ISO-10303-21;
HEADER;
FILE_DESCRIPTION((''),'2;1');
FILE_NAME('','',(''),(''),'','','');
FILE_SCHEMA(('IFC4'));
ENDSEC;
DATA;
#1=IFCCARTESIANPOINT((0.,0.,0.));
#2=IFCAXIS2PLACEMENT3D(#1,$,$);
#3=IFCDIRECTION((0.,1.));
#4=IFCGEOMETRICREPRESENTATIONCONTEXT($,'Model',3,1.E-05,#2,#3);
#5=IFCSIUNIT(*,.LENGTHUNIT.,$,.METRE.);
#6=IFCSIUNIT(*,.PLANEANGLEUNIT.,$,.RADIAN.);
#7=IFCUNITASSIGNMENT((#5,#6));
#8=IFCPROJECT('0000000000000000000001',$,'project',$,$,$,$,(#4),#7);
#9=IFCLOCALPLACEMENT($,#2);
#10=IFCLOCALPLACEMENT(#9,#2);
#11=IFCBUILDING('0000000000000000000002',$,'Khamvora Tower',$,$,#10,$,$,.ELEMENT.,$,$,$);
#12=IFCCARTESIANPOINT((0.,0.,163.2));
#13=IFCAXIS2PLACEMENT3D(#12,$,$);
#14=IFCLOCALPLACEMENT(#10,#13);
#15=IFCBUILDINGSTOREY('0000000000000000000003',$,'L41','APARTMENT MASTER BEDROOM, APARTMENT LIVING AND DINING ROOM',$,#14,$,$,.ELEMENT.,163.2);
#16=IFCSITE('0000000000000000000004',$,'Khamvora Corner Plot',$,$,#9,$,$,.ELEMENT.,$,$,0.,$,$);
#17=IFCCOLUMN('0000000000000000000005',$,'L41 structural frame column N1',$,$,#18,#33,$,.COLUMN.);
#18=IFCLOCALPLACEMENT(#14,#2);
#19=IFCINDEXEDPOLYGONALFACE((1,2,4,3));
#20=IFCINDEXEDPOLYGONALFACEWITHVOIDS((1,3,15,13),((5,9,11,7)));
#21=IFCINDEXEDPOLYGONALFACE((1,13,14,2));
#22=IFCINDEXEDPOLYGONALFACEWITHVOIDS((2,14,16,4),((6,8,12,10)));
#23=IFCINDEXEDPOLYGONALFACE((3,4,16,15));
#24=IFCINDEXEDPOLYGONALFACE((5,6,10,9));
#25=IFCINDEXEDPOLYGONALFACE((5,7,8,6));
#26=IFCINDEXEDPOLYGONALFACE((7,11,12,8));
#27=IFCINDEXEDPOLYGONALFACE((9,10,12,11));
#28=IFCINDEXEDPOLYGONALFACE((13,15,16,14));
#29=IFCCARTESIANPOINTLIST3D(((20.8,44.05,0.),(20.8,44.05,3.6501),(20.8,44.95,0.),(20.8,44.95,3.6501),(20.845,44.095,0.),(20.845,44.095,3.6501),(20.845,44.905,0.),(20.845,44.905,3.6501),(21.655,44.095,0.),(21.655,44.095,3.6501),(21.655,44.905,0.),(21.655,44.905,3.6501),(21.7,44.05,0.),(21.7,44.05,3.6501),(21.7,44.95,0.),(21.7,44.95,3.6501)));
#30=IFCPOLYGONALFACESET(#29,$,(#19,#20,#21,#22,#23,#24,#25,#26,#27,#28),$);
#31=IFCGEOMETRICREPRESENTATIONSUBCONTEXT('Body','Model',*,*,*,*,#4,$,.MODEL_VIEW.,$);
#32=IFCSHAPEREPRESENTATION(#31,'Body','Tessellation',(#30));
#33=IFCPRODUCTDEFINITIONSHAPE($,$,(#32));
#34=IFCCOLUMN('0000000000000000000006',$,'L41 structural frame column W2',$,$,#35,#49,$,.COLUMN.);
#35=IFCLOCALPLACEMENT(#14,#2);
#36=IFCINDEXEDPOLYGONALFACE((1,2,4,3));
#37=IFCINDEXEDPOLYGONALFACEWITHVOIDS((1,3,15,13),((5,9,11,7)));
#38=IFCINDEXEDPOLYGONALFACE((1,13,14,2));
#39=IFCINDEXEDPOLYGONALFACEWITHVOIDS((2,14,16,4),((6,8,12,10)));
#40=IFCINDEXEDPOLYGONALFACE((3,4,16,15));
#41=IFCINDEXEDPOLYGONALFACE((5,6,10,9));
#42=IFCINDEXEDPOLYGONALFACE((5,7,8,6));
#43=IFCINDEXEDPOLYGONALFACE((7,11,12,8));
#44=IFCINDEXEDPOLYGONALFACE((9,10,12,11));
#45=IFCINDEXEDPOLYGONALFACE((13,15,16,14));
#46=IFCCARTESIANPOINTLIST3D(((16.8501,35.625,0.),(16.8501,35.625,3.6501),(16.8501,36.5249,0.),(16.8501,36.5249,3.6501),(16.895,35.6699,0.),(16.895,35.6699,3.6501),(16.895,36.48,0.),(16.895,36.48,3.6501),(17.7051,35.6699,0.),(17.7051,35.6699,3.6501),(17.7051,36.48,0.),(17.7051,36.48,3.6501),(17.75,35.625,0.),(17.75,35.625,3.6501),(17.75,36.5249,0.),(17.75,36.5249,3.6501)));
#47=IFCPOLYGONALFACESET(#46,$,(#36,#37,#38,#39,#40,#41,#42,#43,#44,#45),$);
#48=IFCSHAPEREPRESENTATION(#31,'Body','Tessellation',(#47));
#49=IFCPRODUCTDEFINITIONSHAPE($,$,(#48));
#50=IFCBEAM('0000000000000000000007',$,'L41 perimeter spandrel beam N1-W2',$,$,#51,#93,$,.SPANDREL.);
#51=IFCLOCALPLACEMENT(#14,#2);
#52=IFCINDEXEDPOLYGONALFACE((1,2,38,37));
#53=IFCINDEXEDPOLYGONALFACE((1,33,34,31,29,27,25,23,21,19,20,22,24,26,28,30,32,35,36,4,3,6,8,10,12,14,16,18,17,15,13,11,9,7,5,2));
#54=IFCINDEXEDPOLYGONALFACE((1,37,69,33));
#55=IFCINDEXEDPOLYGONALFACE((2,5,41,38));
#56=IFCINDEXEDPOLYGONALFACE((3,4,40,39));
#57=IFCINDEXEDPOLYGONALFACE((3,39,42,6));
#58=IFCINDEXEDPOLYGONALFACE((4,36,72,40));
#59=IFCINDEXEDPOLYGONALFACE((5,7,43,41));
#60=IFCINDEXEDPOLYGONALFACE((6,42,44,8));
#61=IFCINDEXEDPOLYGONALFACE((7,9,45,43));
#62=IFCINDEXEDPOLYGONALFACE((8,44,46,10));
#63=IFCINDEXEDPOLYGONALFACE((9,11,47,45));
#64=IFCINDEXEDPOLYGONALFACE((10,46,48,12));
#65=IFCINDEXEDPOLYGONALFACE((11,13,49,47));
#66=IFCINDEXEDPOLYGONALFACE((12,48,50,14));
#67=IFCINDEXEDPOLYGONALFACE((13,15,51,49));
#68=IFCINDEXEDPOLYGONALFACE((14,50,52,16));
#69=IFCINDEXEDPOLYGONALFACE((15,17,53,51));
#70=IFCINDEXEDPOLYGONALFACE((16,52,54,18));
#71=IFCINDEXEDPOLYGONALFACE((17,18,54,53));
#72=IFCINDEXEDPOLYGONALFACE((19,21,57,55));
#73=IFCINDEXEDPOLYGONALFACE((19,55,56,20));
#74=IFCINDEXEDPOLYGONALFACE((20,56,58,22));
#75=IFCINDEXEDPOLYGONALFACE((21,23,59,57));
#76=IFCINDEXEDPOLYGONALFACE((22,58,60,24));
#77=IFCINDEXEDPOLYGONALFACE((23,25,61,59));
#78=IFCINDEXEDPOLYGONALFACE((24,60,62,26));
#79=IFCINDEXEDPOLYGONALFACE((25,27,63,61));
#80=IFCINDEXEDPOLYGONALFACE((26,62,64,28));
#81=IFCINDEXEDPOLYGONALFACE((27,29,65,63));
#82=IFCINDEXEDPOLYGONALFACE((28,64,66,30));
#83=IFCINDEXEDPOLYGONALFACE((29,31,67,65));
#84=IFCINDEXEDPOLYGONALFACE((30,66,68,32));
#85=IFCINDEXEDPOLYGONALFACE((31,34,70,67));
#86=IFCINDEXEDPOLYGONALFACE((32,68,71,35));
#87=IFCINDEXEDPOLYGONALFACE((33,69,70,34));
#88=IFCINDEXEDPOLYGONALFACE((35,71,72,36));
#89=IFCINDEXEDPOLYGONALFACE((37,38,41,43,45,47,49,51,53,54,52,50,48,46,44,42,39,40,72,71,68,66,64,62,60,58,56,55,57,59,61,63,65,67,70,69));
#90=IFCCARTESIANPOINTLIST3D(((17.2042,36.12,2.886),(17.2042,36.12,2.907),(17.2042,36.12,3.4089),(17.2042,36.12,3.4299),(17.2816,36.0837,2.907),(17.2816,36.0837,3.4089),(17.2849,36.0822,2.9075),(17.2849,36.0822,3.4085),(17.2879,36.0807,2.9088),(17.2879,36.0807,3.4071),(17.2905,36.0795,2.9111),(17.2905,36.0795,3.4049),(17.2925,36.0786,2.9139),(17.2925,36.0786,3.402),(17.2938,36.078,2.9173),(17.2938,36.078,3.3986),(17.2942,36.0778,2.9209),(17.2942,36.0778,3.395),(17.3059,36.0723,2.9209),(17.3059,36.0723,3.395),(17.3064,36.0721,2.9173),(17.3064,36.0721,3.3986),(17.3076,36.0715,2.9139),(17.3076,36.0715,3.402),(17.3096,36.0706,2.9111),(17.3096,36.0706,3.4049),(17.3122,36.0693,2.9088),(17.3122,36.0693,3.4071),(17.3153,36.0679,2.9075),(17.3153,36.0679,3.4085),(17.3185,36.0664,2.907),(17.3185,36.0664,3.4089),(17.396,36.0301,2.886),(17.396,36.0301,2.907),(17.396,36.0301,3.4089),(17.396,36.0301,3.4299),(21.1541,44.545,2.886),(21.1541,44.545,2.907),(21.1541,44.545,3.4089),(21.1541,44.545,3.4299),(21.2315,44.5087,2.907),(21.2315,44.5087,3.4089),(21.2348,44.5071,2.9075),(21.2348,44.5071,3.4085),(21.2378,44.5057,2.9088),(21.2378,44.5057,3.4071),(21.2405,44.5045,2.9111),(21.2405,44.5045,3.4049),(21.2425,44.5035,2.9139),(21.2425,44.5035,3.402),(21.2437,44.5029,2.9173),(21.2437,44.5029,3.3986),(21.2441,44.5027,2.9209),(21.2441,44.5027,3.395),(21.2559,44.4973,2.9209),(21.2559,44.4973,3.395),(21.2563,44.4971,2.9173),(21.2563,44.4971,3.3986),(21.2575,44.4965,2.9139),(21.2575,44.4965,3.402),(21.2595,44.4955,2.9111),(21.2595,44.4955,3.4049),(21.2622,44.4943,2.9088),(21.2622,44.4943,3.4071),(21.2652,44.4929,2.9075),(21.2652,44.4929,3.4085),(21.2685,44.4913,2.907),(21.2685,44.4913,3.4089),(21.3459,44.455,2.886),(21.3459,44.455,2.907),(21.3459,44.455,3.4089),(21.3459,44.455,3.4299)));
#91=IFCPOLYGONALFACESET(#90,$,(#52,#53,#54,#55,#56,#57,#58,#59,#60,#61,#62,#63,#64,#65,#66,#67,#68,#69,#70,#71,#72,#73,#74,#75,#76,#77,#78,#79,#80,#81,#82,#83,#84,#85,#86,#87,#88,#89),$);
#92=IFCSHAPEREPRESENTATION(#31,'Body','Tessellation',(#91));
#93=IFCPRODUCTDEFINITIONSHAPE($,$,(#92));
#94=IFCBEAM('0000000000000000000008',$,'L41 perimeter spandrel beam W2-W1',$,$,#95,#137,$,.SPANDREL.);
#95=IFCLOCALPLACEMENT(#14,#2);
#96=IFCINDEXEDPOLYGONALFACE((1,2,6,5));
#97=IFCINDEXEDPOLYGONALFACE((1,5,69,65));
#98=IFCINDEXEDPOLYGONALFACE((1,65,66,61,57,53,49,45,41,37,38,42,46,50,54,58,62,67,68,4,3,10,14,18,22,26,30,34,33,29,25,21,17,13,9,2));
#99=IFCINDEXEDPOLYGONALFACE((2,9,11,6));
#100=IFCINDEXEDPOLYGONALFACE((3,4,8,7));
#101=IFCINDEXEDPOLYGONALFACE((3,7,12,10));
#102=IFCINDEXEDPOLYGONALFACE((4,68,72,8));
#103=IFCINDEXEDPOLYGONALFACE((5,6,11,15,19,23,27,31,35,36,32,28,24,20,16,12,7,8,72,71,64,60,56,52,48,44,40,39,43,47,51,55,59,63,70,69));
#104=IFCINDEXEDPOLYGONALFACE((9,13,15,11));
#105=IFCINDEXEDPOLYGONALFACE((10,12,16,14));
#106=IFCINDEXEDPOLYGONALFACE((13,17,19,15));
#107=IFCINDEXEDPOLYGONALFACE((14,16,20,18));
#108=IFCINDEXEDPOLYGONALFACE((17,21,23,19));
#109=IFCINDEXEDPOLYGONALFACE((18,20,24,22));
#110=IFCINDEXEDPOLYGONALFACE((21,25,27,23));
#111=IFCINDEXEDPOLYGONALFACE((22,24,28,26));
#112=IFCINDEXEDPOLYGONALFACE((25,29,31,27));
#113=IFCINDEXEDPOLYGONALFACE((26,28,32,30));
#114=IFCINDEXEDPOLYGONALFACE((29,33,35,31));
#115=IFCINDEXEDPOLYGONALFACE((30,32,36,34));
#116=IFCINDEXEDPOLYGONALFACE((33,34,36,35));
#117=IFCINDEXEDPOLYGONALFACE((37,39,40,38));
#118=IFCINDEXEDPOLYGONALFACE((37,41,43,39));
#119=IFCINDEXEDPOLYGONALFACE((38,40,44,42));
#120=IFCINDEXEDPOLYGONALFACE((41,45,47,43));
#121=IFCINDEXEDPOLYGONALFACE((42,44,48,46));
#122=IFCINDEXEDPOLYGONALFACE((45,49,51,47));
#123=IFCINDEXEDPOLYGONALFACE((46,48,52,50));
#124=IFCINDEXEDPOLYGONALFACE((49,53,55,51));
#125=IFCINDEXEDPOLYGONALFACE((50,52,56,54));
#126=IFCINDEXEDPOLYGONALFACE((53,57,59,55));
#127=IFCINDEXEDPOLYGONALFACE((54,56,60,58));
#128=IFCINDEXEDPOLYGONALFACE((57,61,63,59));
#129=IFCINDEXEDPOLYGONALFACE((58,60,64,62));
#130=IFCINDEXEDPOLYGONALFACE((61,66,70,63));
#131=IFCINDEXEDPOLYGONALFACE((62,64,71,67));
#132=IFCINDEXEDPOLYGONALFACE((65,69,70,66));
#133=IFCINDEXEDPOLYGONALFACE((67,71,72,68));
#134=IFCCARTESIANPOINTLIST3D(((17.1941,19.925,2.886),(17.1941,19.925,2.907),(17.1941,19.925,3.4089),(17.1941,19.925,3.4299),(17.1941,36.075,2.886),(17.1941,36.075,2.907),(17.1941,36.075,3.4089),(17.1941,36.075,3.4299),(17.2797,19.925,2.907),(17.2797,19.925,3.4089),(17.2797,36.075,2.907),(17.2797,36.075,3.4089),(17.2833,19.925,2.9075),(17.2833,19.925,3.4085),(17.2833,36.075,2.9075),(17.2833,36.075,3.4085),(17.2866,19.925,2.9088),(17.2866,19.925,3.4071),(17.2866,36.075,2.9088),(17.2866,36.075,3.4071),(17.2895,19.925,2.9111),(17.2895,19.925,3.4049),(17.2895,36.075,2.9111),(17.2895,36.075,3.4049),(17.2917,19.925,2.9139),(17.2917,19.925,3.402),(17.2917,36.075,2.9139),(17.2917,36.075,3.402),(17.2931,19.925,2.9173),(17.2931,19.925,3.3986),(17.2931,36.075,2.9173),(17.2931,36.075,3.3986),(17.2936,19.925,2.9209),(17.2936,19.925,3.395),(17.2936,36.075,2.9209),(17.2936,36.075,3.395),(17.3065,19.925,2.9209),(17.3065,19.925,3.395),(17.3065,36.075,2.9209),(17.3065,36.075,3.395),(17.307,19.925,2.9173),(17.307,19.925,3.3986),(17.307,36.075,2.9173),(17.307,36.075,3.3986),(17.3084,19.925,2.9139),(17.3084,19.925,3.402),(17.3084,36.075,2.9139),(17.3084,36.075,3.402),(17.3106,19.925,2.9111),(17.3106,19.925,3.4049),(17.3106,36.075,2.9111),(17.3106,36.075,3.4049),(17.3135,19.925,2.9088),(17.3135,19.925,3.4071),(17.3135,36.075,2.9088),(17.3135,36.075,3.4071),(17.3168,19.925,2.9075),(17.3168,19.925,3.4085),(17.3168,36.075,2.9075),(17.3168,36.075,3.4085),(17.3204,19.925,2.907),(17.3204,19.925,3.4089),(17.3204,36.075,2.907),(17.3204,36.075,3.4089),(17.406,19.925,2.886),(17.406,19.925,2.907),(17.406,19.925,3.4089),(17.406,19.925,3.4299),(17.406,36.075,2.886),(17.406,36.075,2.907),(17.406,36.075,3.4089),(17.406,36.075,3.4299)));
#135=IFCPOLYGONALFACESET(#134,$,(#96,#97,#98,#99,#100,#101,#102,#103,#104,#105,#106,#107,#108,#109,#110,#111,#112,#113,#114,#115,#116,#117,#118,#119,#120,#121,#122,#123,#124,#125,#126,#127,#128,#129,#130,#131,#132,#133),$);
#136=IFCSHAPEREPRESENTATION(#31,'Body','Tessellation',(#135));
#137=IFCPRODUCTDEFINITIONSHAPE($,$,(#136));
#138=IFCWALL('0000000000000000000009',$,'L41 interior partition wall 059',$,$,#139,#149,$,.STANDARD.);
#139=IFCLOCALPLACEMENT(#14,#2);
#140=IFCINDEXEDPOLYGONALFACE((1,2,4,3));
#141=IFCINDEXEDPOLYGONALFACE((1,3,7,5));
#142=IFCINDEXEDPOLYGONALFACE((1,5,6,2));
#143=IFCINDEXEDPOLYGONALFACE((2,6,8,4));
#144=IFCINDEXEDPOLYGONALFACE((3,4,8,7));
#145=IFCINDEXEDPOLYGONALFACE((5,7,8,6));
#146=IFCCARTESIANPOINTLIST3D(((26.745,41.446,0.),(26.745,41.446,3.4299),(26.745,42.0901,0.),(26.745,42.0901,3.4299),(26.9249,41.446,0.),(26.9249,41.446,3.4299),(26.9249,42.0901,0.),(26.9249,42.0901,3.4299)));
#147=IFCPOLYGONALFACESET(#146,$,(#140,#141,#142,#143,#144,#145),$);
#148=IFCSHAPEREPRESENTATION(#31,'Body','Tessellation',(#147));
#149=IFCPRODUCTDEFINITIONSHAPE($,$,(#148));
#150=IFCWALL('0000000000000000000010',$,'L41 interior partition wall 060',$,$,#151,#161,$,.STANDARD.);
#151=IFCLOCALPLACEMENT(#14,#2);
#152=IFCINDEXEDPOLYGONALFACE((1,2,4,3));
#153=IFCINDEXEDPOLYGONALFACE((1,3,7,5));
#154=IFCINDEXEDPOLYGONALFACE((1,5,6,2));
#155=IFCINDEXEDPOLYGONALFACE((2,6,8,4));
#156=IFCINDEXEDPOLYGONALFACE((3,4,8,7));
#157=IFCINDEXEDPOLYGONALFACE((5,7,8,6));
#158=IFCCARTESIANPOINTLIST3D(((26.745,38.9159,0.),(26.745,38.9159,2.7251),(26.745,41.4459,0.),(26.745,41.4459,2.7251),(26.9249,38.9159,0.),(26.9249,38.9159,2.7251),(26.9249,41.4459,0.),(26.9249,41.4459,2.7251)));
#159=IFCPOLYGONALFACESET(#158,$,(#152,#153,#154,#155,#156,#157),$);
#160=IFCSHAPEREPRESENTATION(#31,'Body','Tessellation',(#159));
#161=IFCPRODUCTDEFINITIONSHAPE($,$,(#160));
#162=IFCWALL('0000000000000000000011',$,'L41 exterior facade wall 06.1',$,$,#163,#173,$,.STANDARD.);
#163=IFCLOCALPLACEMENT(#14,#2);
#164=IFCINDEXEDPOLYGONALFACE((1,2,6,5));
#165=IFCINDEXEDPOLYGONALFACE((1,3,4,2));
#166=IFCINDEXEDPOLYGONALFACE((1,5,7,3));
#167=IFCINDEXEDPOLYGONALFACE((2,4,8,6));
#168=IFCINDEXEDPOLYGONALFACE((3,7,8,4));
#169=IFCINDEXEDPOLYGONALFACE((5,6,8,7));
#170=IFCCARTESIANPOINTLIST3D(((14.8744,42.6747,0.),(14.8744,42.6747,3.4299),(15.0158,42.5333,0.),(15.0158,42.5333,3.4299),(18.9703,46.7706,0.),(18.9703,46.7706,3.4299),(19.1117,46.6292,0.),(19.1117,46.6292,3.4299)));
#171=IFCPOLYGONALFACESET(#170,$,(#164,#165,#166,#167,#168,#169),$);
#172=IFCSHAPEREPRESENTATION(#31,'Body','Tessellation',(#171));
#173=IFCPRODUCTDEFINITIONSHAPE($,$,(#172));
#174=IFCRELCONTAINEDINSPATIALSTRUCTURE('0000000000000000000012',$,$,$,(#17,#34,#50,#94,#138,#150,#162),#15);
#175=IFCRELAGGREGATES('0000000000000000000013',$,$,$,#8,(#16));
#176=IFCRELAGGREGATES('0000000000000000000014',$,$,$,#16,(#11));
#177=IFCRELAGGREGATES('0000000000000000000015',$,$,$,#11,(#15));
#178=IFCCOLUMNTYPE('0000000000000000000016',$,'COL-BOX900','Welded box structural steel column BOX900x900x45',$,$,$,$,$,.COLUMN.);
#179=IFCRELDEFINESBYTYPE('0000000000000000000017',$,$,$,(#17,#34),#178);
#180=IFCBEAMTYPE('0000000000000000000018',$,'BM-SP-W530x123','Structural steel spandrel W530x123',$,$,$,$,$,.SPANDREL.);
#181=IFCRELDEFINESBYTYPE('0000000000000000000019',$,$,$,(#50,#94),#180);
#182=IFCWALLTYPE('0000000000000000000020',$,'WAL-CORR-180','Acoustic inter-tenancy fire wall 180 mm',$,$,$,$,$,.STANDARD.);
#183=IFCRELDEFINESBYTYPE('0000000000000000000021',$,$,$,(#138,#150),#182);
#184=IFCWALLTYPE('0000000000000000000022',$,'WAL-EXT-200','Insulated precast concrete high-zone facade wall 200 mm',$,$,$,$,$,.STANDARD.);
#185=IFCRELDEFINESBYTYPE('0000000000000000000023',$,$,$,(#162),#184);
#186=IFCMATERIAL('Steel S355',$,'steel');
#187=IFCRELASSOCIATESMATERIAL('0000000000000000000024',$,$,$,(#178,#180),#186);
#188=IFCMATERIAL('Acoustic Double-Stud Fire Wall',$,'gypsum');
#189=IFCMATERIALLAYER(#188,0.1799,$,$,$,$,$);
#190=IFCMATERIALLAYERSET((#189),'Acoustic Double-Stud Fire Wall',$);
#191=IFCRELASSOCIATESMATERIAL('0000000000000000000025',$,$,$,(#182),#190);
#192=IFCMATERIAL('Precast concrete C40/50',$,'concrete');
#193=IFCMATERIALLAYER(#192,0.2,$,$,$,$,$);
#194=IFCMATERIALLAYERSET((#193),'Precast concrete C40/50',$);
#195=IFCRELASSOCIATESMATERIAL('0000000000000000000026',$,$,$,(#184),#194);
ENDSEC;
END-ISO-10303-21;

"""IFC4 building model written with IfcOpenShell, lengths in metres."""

from ifc_helpers import new_model, si_unit, direction, frame, frame_2d, origin, origin_2d, place, context, subcontext, project, spatial, rectangle, hollow_rectangle, i_section, extrude, material, layer, layer_set, material_profile, profile_set, type_object, element, save


model = new_model("IFC4")

# Units and contexts
model_context = context("Model", 3, precision=1e-05, world=origin(), true_north=direction((0.0, 1.0)))
body_context = subcontext(model_context, "Body", "Model", "MODEL_VIEW")
ifc_project = project(units=[si_unit("LENGTHUNIT", "METRE"), si_unit("PLANEANGLEUNIT", "RADIAN")], contexts=[model_context])

# Site, building, storey
site_placement = place(None, origin())
site = spatial("IfcSite", under=ifc_project, at=site_placement, Name="Khamvora Corner Plot", CompositionType="ELEMENT", RefElevation=0.0)
building_placement = place(site_placement, origin())
building = spatial("IfcBuilding", under=site, at=building_placement, Name="Khamvora Tower", CompositionType="ELEMENT")
storey_placement = place(building_placement, frame((0.0, 0.0, 163.2)))
storey = spatial("IfcBuildingStorey", under=building, at=storey_placement, Name="L41", Description="APARTMENT MASTER BEDROOM, APARTMENT LIVING AND DINING ROOM", CompositionType="ELEMENT", Elevation=163.2)

# Columns
ifc_material_1 = material(Name="Steel S355", Category="steel")
ifc_material_profile_1 = material_profile(ifc_material_1, hollow_rectangle(XDim=0.8999, YDim=0.8999, WallThickness=0.0449, at=origin_2d()), Name="BOX900x900x45")
ifc_profile_set_1 = profile_set([ifc_material_profile_1], Name="Steel S355")
column_type = type_object("IfcColumnType", Name="COL-BOX900", Description="Welded box structural steel column BOX900x900x45", PredefinedType="COLUMN", material=ifc_profile_set_1)
for number, where, z_axis, x_axis, name in (
    (1, (21.25, 44.5, 0.0), (0.0, 0.0, 1.0), (1.0, 0.0, 0.0), "L41 structural frame column N1"),
    (2, (17.3, 36.075, 0.0), (0.0, 0.0, 1.0), (1.0, 0.0, 0.0), "L41 structural frame column W2"),
):
    element("IfcColumn", number, at=place(storey_placement, frame(where, z_axis=z_axis, x_axis=x_axis)), inside=storey, type_object=column_type, Name=name, PredefinedType="COLUMN", context=body_context, shape_type="SweptSolid", body=[
        extrude(hollow_rectangle(XDim=0.8999, YDim=0.8999, WallThickness=0.0449, at=origin_2d()), origin(), (0.0, 0.0, 1.0), 3.6501),
    ])

# Beams
ifc_material_profile_2 = material_profile(ifc_material_1, i_section(OverallWidth=0.2119, OverallDepth=0.5439, WebThickness=0.0129, FlangeThickness=0.021, FilletRadius=0.0139, at=origin_2d()), Name="W530x123")
ifc_profile_set_2 = profile_set([ifc_material_profile_2], Name="Steel S355")
beam_type = type_object("IfcBeamType", Name="BM-SP-W530x123", Description="Structural steel spandrel W530x123", PredefinedType="SPANDREL", material=ifc_profile_set_2)
beam_1_placement = place(storey_placement, frame((21.25, 44.5, 3.158), z_axis=(-0.424496, -0.90543, 0.0), x_axis=(0.90543, -0.424496, 0.0)))
element("IfcBeam", 3, at=beam_1_placement, inside=storey, type_object=beam_type, Name="L41 perimeter spandrel beam N1-W2", PredefinedType="SPANDREL", context=body_context, shape_type="SweptSolid", body=[
    extrude(i_section(OverallWidth=0.2119, OverallDepth=0.5439, WebThickness=0.0129, FlangeThickness=0.021, FilletRadius=0.0139, at=origin_2d()), origin(), (0.0, 0.0, 1.0), 9.3049),
])
beam_2_placement = place(storey_placement, frame((17.3, 36.075, 3.158), z_axis=(0.0, -1.0, 0.0), x_axis=(1.0, 0.0, 0.0)))
element("IfcBeam", 4, at=beam_2_placement, inside=storey, type_object=beam_type, Name="L41 perimeter spandrel beam W2-W1", PredefinedType="SPANDREL", context=body_context, shape_type="SweptSolid", body=[
    extrude(i_section(OverallWidth=0.2119, OverallDepth=0.5439, WebThickness=0.0129, FlangeThickness=0.021, FilletRadius=0.0139, at=origin_2d()), origin(), (0.0, 0.0, 1.0), 16.1499),
])

# Walls
ifc_material_2 = material(Name="Acoustic Double-Stud Fire Wall", Category="gypsum")
ifc_layer_1 = layer(ifc_material_2, 0.1799)
ifc_layer_set_1 = layer_set([ifc_layer_1], Name="Acoustic Double-Stud Fire Wall")
wall_type_1 = type_object("IfcWallType", Name="WAL-CORR-180", Description="Acoustic inter-tenancy fire wall 180 mm", PredefinedType="STANDARD", material=ifc_layer_set_1)
wall_1_placement = place(storey_placement, frame((26.835, 42.0901, 0.0), z_axis=(0.0, 0.0, 1.0), x_axis=(0.0, -1.0, 0.0)))
element("IfcWall", 5, at=wall_1_placement, inside=storey, type_object=wall_type_1, Name="L41 interior partition wall 059", PredefinedType="STANDARD", context=body_context, shape_type="SweptSolid", body=[
    extrude(rectangle(XDim=0.644, YDim=0.1799, at=frame_2d((0.322, 0.0))), origin(), (0.0, 0.0, 1.0), 3.4299),
])
wall_2_placement = place(storey_placement, frame((26.835, 41.446, 0.0), z_axis=(0.0, 0.0, 1.0), x_axis=(0.0, -1.0, 0.0)))
element("IfcWall", 6, at=wall_2_placement, inside=storey, type_object=wall_type_1, Name="L41 interior partition wall 060", PredefinedType="STANDARD", context=body_context, shape_type="SweptSolid", body=[
    extrude(rectangle(XDim=2.53, YDim=0.1799, at=frame_2d((1.2651, 0.0))), origin(), (0.0, 0.0, 1.0), 2.7251),
])
ifc_material_3 = material(Name="Precast concrete C40/50", Category="concrete")
ifc_layer_2 = layer(ifc_material_3, 0.2)
ifc_layer_set_2 = layer_set([ifc_layer_2], Name="Precast concrete C40/50")
wall_type_2 = type_object("IfcWallType", Name="WAL-EXT-200", Description="Insulated precast concrete high-zone facade wall 200 mm", PredefinedType="STANDARD", material=ifc_layer_set_2)
wall_3_placement = place(storey_placement, frame((14.9451, 42.604, 0.0), z_axis=(0.0, 0.0, 1.0), x_axis=(0.707107, 0.707107, 0.0)))
element("IfcWall", 7, at=wall_3_placement, inside=storey, type_object=wall_type_2, Name="L41 exterior facade wall 06.1", PredefinedType="STANDARD", context=body_context, shape_type="SweptSolid", body=[
    extrude(rectangle(XDim=5.7925, YDim=0.2, at=frame_2d((2.8962, 0.0))), origin(), (0.0, 0.0, 1.0), 3.4299),
])

save(model, "model.ifc")
